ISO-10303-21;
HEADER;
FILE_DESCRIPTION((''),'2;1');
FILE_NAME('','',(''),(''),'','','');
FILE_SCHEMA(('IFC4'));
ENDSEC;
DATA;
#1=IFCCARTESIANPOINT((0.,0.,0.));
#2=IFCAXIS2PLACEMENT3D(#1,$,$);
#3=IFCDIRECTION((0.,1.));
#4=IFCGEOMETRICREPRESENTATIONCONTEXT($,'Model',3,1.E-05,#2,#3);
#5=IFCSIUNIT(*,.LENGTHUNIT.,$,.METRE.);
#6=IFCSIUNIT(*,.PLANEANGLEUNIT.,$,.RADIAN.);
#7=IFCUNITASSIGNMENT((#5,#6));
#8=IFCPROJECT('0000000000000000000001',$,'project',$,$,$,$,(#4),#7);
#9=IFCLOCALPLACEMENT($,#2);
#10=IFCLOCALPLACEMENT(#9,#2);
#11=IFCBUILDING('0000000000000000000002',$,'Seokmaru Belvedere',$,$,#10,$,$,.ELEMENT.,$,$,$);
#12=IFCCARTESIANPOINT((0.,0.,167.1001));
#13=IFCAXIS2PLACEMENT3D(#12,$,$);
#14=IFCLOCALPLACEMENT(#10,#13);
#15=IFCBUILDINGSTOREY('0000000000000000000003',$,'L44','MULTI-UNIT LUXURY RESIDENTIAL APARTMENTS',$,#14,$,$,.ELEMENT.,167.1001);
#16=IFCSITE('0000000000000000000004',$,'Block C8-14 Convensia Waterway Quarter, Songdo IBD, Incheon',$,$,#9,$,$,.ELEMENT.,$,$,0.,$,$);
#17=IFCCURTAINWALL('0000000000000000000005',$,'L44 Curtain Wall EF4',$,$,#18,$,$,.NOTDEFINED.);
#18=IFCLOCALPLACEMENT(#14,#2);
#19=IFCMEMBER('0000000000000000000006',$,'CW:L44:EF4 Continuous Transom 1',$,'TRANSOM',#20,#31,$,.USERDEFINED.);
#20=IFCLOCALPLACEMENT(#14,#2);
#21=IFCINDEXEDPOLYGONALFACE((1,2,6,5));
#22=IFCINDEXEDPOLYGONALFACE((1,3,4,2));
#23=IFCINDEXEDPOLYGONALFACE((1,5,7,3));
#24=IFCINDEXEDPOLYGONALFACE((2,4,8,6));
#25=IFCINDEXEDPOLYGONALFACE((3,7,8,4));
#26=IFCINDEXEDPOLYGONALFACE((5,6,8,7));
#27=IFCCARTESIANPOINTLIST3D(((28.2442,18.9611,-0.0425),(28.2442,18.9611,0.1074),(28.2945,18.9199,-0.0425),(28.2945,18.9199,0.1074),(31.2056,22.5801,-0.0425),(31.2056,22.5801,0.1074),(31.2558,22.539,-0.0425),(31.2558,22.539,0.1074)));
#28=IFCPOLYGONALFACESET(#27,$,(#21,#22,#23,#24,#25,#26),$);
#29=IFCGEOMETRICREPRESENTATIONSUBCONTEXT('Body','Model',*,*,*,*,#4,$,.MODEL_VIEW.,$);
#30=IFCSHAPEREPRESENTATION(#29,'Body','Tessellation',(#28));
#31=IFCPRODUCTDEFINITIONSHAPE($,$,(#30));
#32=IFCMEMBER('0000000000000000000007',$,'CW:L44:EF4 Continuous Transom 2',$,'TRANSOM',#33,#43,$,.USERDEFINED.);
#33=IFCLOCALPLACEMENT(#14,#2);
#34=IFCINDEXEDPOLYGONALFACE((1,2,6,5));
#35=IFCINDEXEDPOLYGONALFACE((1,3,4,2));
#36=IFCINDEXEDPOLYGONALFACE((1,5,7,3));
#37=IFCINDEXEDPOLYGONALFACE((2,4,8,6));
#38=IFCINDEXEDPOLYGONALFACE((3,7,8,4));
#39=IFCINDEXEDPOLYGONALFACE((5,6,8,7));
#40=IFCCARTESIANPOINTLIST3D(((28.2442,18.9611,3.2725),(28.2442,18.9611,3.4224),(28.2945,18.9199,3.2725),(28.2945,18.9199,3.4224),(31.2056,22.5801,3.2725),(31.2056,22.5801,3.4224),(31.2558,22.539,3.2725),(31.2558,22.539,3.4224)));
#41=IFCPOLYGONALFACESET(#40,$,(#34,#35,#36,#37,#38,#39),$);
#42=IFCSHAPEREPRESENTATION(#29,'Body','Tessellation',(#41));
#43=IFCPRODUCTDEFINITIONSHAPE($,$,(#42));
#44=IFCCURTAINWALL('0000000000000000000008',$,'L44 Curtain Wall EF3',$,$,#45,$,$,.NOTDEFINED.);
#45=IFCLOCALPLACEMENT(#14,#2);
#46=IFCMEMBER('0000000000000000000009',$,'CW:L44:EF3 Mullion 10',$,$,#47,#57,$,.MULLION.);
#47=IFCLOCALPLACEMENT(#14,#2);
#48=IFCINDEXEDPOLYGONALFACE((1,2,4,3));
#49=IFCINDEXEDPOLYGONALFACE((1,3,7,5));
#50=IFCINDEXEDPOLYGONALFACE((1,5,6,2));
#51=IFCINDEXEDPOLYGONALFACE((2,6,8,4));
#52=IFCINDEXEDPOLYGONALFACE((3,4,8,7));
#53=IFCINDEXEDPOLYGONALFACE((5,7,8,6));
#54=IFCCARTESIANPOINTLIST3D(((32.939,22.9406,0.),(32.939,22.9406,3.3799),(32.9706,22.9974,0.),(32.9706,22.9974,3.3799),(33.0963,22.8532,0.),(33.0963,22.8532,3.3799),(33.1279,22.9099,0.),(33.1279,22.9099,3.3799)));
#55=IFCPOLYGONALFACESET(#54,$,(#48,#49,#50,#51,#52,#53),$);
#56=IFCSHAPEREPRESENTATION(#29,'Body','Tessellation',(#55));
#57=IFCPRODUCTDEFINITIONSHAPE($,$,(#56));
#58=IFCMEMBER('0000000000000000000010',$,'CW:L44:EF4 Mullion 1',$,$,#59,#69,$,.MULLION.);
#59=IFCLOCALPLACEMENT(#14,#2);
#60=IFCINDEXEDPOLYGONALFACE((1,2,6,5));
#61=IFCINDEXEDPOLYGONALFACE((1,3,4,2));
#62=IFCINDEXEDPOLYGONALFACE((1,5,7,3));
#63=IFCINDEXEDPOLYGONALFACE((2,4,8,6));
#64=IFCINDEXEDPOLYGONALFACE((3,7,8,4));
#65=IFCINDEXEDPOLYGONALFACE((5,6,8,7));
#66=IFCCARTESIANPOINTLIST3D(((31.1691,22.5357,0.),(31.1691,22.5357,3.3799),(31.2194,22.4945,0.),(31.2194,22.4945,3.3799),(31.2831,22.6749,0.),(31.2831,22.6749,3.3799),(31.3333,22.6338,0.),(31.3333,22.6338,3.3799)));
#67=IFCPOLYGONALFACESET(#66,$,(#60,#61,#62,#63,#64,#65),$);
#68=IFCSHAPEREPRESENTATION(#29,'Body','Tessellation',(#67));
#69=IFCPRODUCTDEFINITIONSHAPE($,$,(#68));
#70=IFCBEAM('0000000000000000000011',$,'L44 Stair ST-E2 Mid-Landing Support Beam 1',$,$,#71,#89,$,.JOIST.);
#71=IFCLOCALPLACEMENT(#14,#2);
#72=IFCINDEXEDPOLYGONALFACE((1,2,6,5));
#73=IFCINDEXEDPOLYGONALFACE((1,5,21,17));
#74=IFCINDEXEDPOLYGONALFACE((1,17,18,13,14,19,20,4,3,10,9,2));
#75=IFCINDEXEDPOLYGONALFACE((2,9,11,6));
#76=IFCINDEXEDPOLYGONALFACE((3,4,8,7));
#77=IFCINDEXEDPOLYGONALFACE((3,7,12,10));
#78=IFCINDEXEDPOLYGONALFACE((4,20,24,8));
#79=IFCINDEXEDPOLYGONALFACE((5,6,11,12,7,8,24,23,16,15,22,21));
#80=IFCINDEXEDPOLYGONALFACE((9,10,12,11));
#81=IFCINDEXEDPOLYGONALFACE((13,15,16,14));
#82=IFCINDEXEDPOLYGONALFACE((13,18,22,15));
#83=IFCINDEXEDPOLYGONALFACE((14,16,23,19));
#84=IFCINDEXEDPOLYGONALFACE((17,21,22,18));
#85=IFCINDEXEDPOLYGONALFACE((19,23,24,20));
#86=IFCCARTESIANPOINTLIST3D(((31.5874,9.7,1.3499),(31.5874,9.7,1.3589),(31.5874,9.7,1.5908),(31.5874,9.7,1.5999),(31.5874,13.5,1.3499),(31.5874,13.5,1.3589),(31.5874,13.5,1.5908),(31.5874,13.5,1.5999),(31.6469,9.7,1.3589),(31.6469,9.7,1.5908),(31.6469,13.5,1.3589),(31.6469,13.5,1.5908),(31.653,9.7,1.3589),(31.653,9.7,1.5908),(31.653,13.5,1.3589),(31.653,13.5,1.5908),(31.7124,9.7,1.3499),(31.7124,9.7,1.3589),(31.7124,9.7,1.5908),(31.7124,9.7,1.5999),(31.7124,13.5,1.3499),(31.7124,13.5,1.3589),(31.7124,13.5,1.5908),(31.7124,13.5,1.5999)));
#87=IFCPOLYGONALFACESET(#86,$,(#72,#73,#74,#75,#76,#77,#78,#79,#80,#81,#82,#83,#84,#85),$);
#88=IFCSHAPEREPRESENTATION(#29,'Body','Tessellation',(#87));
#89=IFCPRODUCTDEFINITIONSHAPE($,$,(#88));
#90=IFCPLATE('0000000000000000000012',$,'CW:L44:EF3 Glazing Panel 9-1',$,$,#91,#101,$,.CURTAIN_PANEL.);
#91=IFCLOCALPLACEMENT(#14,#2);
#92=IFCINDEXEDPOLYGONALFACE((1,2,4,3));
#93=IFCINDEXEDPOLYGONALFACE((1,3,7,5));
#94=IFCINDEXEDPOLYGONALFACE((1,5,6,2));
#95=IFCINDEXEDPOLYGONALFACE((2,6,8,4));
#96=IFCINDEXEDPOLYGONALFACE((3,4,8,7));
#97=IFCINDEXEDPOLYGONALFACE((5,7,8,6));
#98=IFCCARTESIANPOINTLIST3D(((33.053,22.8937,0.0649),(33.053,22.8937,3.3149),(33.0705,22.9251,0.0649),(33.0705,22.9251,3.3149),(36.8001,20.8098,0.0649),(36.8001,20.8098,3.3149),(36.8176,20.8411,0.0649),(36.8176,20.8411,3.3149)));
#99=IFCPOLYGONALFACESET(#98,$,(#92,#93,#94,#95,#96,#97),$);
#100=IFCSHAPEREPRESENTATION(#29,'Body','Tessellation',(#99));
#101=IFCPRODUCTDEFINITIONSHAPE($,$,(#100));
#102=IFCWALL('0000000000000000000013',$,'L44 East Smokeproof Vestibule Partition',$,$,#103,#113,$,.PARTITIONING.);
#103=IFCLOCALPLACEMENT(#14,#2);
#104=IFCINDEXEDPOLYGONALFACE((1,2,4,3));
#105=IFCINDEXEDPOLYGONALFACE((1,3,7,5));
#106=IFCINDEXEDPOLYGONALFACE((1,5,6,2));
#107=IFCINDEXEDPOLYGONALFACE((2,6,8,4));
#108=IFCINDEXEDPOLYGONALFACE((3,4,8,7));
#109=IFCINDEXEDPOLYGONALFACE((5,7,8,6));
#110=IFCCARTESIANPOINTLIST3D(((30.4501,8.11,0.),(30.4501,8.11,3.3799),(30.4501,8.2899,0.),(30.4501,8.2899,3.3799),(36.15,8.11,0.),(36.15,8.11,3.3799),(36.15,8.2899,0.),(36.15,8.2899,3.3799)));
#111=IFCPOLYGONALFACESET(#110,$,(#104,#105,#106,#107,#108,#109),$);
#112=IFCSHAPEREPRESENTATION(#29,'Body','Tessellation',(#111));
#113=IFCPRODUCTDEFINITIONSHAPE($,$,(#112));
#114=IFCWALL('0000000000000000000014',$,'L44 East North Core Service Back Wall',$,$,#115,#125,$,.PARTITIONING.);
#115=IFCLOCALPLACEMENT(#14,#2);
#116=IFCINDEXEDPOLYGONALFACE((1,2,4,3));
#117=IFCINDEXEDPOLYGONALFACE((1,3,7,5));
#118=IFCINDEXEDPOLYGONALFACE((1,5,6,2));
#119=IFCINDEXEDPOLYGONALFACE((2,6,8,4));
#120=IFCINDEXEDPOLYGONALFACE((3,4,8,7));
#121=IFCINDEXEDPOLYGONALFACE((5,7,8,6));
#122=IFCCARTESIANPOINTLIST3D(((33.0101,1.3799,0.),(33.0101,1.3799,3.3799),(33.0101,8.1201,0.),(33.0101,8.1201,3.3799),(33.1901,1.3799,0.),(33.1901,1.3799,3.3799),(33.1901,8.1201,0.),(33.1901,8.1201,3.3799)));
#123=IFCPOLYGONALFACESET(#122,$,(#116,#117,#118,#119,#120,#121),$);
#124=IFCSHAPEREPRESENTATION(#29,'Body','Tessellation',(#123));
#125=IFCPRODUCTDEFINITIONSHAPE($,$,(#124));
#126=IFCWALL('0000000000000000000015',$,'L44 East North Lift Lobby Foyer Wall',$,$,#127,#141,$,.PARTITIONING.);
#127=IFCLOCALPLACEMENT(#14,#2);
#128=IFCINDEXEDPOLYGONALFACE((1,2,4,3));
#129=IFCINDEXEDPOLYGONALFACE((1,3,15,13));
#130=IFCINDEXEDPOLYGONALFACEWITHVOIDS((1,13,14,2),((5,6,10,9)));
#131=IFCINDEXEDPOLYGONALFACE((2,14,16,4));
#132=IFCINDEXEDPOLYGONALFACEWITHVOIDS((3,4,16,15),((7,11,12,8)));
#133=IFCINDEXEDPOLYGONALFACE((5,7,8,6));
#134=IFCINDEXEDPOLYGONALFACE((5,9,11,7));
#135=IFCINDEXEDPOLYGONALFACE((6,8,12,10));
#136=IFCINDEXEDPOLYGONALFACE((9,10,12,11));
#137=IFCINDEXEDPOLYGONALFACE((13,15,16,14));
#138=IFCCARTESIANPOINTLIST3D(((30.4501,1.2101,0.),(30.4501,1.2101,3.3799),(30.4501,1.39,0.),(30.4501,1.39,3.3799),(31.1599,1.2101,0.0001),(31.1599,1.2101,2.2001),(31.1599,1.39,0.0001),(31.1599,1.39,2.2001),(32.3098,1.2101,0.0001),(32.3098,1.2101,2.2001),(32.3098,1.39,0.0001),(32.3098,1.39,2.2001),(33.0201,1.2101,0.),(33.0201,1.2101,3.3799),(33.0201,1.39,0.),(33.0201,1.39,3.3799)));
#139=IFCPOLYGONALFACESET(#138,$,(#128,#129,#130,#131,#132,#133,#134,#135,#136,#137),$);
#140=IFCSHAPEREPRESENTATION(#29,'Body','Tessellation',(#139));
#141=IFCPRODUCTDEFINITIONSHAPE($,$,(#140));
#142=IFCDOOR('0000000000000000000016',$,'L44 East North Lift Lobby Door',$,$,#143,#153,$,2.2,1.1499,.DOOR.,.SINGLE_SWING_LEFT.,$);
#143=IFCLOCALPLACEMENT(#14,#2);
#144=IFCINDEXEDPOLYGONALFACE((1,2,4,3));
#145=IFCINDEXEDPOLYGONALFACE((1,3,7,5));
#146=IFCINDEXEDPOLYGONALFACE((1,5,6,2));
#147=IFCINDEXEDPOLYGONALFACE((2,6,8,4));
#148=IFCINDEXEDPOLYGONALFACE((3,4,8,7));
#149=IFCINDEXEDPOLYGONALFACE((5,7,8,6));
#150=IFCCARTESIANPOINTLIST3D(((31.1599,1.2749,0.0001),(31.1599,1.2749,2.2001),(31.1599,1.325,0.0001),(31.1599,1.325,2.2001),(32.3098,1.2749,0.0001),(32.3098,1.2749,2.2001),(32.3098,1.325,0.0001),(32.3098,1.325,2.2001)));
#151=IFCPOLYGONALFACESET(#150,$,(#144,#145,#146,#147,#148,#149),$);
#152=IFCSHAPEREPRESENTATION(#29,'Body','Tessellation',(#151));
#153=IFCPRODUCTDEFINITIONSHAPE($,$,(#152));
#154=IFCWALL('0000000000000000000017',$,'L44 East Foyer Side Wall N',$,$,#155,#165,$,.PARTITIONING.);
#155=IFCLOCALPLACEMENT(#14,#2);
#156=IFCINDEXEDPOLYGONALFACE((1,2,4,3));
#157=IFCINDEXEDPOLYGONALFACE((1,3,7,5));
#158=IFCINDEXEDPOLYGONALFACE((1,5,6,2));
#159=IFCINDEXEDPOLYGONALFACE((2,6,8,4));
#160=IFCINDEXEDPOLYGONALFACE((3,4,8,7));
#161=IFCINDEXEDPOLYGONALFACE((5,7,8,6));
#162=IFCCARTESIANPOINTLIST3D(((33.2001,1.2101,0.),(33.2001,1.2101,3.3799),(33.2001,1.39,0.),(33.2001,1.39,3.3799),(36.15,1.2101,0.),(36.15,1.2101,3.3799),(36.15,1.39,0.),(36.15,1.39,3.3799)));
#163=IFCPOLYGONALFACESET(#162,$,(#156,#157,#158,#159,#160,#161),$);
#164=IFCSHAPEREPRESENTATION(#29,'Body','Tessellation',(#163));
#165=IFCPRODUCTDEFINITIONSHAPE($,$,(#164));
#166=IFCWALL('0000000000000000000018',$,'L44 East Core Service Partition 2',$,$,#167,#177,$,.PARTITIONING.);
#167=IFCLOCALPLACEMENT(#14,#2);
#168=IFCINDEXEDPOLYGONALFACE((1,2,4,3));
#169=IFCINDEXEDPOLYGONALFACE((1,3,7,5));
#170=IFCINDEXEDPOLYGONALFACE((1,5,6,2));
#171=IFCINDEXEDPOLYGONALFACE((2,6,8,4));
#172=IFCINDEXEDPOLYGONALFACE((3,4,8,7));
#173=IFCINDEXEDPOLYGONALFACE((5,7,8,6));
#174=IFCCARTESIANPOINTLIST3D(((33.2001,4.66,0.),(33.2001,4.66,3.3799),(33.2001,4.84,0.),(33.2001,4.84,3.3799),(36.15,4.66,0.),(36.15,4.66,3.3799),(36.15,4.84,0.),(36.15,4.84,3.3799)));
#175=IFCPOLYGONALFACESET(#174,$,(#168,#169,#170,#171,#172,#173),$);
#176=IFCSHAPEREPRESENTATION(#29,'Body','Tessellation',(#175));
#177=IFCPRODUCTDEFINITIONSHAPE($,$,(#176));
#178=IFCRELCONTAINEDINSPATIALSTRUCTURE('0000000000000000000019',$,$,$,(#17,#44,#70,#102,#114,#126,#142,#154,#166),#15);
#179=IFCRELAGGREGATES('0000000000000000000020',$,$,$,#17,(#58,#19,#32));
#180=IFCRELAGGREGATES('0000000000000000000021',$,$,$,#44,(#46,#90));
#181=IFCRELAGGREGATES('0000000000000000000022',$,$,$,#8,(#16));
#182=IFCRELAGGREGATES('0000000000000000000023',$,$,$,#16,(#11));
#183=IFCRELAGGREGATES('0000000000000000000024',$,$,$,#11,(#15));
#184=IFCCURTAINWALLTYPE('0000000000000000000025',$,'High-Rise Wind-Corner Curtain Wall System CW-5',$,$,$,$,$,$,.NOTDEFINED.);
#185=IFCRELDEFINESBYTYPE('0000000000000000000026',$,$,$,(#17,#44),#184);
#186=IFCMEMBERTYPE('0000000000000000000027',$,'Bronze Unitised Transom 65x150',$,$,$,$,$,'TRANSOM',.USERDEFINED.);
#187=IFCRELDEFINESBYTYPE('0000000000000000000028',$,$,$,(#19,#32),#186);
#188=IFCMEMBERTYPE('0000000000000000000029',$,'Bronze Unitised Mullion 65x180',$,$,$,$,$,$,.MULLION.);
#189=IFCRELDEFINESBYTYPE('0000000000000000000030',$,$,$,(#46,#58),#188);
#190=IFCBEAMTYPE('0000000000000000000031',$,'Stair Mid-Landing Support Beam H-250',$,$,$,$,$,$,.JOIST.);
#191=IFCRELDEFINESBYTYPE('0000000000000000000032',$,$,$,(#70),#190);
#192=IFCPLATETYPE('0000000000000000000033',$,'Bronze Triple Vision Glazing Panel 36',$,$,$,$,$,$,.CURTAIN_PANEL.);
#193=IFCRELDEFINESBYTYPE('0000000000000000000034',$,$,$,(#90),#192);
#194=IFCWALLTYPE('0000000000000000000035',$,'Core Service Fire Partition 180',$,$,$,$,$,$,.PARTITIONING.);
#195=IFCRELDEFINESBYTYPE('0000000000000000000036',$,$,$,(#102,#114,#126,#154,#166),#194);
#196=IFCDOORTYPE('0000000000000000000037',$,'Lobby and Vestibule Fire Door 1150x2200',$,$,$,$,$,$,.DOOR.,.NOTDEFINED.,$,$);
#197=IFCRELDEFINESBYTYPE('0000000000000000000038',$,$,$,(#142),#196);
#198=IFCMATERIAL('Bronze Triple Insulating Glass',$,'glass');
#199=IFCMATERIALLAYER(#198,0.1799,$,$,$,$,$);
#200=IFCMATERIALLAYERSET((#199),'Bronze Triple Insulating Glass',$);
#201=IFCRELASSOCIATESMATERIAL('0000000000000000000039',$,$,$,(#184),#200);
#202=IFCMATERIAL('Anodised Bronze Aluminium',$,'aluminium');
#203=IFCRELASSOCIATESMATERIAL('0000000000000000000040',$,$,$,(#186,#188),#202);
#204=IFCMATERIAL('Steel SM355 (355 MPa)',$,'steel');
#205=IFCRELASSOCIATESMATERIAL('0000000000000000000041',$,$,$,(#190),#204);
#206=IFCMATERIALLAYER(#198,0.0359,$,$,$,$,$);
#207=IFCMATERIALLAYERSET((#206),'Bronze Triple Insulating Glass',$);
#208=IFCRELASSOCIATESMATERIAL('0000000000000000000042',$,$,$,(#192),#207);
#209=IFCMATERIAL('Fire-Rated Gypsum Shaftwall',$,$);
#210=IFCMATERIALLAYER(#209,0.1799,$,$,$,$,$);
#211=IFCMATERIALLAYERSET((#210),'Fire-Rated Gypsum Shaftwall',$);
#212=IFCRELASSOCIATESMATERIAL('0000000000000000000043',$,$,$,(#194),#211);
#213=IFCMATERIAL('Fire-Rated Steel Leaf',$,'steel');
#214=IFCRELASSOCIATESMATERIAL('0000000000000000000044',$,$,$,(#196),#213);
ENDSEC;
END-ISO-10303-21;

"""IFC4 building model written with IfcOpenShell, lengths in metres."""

from ifc_helpers import new_model, si_unit, direction, frame, frame_2d, origin, origin_2d, place, context, subcontext, project, spatial, rectangle, i_section, extrude, source, transform, mapped, material, layer, layer_set, material_profile, profile_set, type_object, type_shapes, element, fill, aggregate, save


model = new_model("IFC4")

# Units and contexts
model_context = context("Model", 3, precision=1e-05, world=origin(), true_north=direction((0.0, 1.0)))
body_context = subcontext(model_context, "Body", "Model", "MODEL_VIEW")
ifc_project = project(units=[si_unit("LENGTHUNIT", "METRE"), si_unit("PLANEANGLEUNIT", "RADIAN")], contexts=[model_context])

# Site, building, storey
site_placement = place(None, origin())
site = spatial("IfcSite", under=ifc_project, at=site_placement, Name="Block C8-14 Convensia Waterway Quarter, Songdo IBD, Incheon", CompositionType="ELEMENT", RefElevation=0.0)
building_placement = place(site_placement, origin())
building = spatial("IfcBuilding", under=site, at=building_placement, Name="Seokmaru Belvedere", CompositionType="ELEMENT")
storey_placement = place(building_placement, frame((0.0, 0.0, 167.1001)))
storey = spatial("IfcBuildingStorey", under=building, at=storey_placement, Name="L44", Description="MULTI-UNIT LUXURY RESIDENTIAL APARTMENTS", CompositionType="ELEMENT", Elevation=167.1001)

# Shared definitions
ifc_material_1 = material(Name="Steel SM355 (355 MPa)", Category="steel")

# Curtain wall, members
ifc_material_2 = material(Name="Bronze Triple Insulating Glass", Category="glass")
ifc_layer_1 = layer(ifc_material_2, 0.1799)
ifc_layer_set_1 = layer_set([ifc_layer_1], Name="Bronze Triple Insulating Glass")
curtain_wall_type = type_object("IfcCurtainWallType", Name="High-Rise Wind-Corner Curtain Wall System CW-5", PredefinedType="NOTDEFINED", material=ifc_layer_set_1)
curtain_wall_1_placement = place(storey_placement, origin())
curtain_wall_1 = element("IfcCurtainWall", 1, at=curtain_wall_1_placement, inside=storey, type_object=curtain_wall_type, Name="L44 Curtain Wall EF4", PredefinedType="NOTDEFINED")
ifc_material_3 = material(Name="Anodised Bronze Aluminium", Category="aluminium")
ifc_material_profile_1 = material_profile(ifc_material_3, rectangle(XDim=0.0649, YDim=0.1499, at=origin_2d()), Name="CW-T-65x150")
ifc_profile_set_1 = profile_set([ifc_material_profile_1], Name="Anodised Bronze Aluminium")
member_type_1 = type_object("IfcMemberType", Name="Bronze Unitised Transom 65x150", ElementType="TRANSOM", PredefinedType="USERDEFINED", material=ifc_profile_set_1)
shared_shape_1 = source(origin(), body_context, "Body", "SweptSolid", [
    extrude(rectangle(XDim=0.0649, YDim=0.1499, at=origin_2d()), origin(), (0.0, 0.0, 1.0), 4.6763),
])
type_shapes(member_type_1, [shared_shape_1])
member_1_placement = place(storey_placement, frame((31.2307, 22.5596, 0.0325), z_axis=(-0.633278, -0.773925, 0.0), x_axis=(0.773925, -0.633278, 0.0)))
member_1 = element("IfcMember", 2, at=member_1_placement, type_object=member_type_1, Name="CW:L44:EF4 Continuous Transom 1", ObjectType="TRANSOM", PredefinedType="USERDEFINED", context=body_context, shape_type="MappedRepresentation", body=[
    mapped(shared_shape_1, transform((0.0, 0.0, 0.0), scale=1.0)),
])
member_2_placement = place(storey_placement, frame((31.2307, 22.5596, 3.3474), z_axis=(-0.633278, -0.773925, 0.0), x_axis=(0.773925, -0.633278, 0.0)))
member_2 = element("IfcMember", 3, at=member_2_placement, type_object=member_type_1, Name="CW:L44:EF4 Continuous Transom 2", ObjectType="TRANSOM", PredefinedType="USERDEFINED", context=body_context, shape_type="MappedRepresentation", body=[
    mapped(shared_shape_1, transform((0.0, 0.0, 0.0), scale=1.0)),
])

# Curtain wall, member
curtain_wall_2_placement = place(storey_placement, origin())
curtain_wall_2 = element("IfcCurtainWall", 4, at=curtain_wall_2_placement, inside=storey, type_object=curtain_wall_type, Name="L44 Curtain Wall EF3", PredefinedType="NOTDEFINED")
ifc_material_profile_2 = material_profile(ifc_material_3, rectangle(XDim=0.0649, YDim=0.1799, at=origin_2d()), Name="CW-M-65x180")
ifc_profile_set_2 = profile_set([ifc_material_profile_2], Name="Anodised Bronze Aluminium")
member_type_2 = type_object("IfcMemberType", Name="Bronze Unitised Mullion 65x180", PredefinedType="MULLION", material=ifc_profile_set_2)
shared_shape_2 = source(origin(), body_context, "Body", "SweptSolid", [
    extrude(rectangle(XDim=0.0649, YDim=0.1799, at=origin_2d()), origin(), (0.0, 0.0, 1.0), 3.3799),
])
type_shapes(member_type_2, [shared_shape_2])
member_3_placement = place(storey_placement, frame((33.0334, 22.9253, 0.0), z_axis=(0.0, 0.0, 1.0), x_axis=(-0.486047, -0.873933, 0.0)))
member_3 = element("IfcMember", 5, at=member_3_placement, type_object=member_type_2, Name="CW:L44:EF3 Mullion 10", PredefinedType="MULLION", context=body_context, shape_type="MappedRepresentation", body=[
    mapped(shared_shape_2, transform((0.0, 0.0, 0.0), scale=1.0)),
])

# Member
member_4_placement = place(storey_placement, frame((31.2512, 22.5847, 0.0), z_axis=(0.0, 0.0, 1.0), x_axis=(0.773944, -0.633254, 0.0)))
member_4 = element("IfcMember", 6, at=member_4_placement, type_object=member_type_2, Name="CW:L44:EF4 Mullion 1", PredefinedType="MULLION", context=body_context, shape_type="MappedRepresentation", body=[
    mapped(shared_shape_2, transform((0.0, 0.0, 0.0), scale=1.0)),
])
aggregate(curtain_wall_1, [member_4, member_1, member_2])

# Beam
ifc_material_profile_3 = material_profile(ifc_material_1, i_section(OverallWidth=0.125, OverallDepth=0.25, WebThickness=0.0061, FlangeThickness=0.009, at=origin_2d()), Name="H-250x125x6x9")
ifc_profile_set_3 = profile_set([ifc_material_profile_3], Name="Steel SM355 (355 MPa)")
beam_type_1 = type_object("IfcBeamType", Name="Stair Mid-Landing Support Beam H-250", PredefinedType="JOIST", material=ifc_profile_set_3)
shared_shape_3 = source(origin(), body_context, "Body", "SweptSolid", [
    extrude(i_section(OverallWidth=0.125, OverallDepth=0.25, WebThickness=0.0061, FlangeThickness=0.009, at=origin_2d()), origin(), (0.0, 0.0, 1.0), 3.8),
])
type_shapes(beam_type_1, [shared_shape_3])
beam_1_placement = place(storey_placement, frame((31.6499, 9.7, 1.4749), z_axis=(0.0, 1.0, 0.0), x_axis=(-1.0, 0.0, 0.0)))
element("IfcBeam", 7, at=beam_1_placement, inside=storey, type_object=beam_type_1, Name="L44 Stair ST-E2 Mid-Landing Support Beam 1", PredefinedType="JOIST", context=body_context, shape_type="MappedRepresentation", body=[
    mapped(shared_shape_3, transform((0.0, 0.0, 0.0), scale=1.0)),
])

# Plate
ifc_layer_2 = layer(ifc_material_2, 0.0359)
ifc_layer_set_2 = layer_set([ifc_layer_2], Name="Bronze Triple Insulating Glass")
plate_type = type_object("IfcPlateType", Name="Bronze Triple Vision Glazing Panel 36", PredefinedType="CURTAIN_PANEL", material=ifc_layer_set_2)
shared_shape_4 = source(origin(), body_context, "Body", "SweptSolid", [
    extrude(rectangle(XDim=4.2876, YDim=0.0359, at=origin_2d()), origin(), (0.0, 0.0, 1.0), 3.25),
])
type_shapes(plate_type, [shared_shape_4])
plate_placement = place(storey_placement, frame((34.9353, 21.8674, 0.0649), z_axis=(0.0, 0.0, 1.0), x_axis=(-0.873933, 0.486047, 0.0)))
plate = element("IfcPlate", 8, at=plate_placement, type_object=plate_type, Name="CW:L44:EF3 Glazing Panel 9-1", PredefinedType="CURTAIN_PANEL", context=body_context, shape_type="MappedRepresentation", body=[
    mapped(shared_shape_4, transform((0.0, 0.0, 0.0), scale=1.0)),
])
aggregate(curtain_wall_2, [member_3, plate])

# Walls
ifc_material_4 = material(Name="Fire-Rated Gypsum Shaftwall")
ifc_layer_3 = layer(ifc_material_4, 0.1799)
ifc_layer_set_3 = layer_set([ifc_layer_3], Name="Fire-Rated Gypsum Shaftwall")
wall_type_1 = type_object("IfcWallType", Name="Core Service Fire Partition 180", PredefinedType="PARTITIONING", material=ifc_layer_set_3)
wall_1_placement = place(storey_placement, frame((30.45, 8.2, 0.0), z_axis=(0.0, 0.0, 1.0), x_axis=(1.0, 0.0, 0.0)))
element("IfcWall", 9, at=wall_1_placement, inside=storey, type_object=wall_type_1, Name="L44 East Smokeproof Vestibule Partition", PredefinedType="PARTITIONING", context=body_context, shape_type="SweptSolid", body=[
    extrude(rectangle(XDim=5.7, YDim=0.1799, at=frame_2d((2.8501, 0.0))), origin(), (0.0, 0.0, 1.0), 3.3799),
])
wall_2_placement = place(storey_placement, frame((33.1001, 1.3799, 0.0), z_axis=(0.0, 0.0, 1.0), x_axis=(0.0, 1.0, 0.0)))
element("IfcWall", 10, at=wall_2_placement, inside=storey, type_object=wall_type_1, Name="L44 East North Core Service Back Wall", PredefinedType="PARTITIONING", context=body_context, shape_type="SweptSolid", body=[
    extrude(rectangle(XDim=6.7402, YDim=0.1799, at=frame_2d((3.3701, 0.0))), origin(), (0.0, 0.0, 1.0), 3.3799),
])

# Wall, opening, door
wall_3_placement = place(storey_placement, frame((30.45, 1.3, 0.0), z_axis=(0.0, 0.0, 1.0), x_axis=(1.0, 0.0, 0.0)))
wall_3 = element("IfcWall", 11, at=wall_3_placement, inside=storey, type_object=wall_type_1, Name="L44 East North Lift Lobby Foyer Wall", PredefinedType="PARTITIONING", context=body_context, shape_type="SweptSolid", body=[
    extrude(rectangle(XDim=2.5701, YDim=0.1799, at=frame_2d((1.2852, 0.0))), origin(), (0.0, 0.0, 1.0), 3.3799),
])
opening_1_placement = place(wall_3_placement, frame((0.71, 0.0, 0.0)))
opening_1 = element("IfcOpeningElement", 12, at=opening_1_placement, cuts=wall_3, PredefinedType="OPENING", context=body_context, shape_type="SweptSolid", body=[
    extrude(rectangle(XDim=1.1499, YDim=2.2, at=frame_2d((0.575, 1.1001))), frame((0.0, 0.1001, 0.0), z_axis=(0.0, -1.0, 0.0), x_axis=(1.0, 0.0, 0.0)), (0.0, 0.0, 1.0), 0.2),
])
ifc_material_5 = material(Name="Fire-Rated Steel Leaf", Category="steel")
door_type_1 = type_object("IfcDoorType", Name="Lobby and Vestibule Fire Door 1150x2200", OperationType="NOTDEFINED", PredefinedType="DOOR", material=ifc_material_5)
shared_shape_5 = source(origin(), body_context, "Body", "SweptSolid", [
    extrude(rectangle(XDim=1.1499, YDim=2.2, at=frame_2d((0.575, 1.1001))), frame((0.0, 0.0249, 0.0), z_axis=(0.0, -1.0, 0.0), x_axis=(1.0, 0.0, 0.0)), (0.0, 0.0, 1.0), 0.05),
])
type_shapes(door_type_1, [shared_shape_5])
door_1_placement = place(opening_1_placement, origin())
door_1 = element("IfcDoor", 13, at=door_1_placement, inside=storey, type_object=door_type_1, Name="L44 East North Lift Lobby Door", OperationType="SINGLE_SWING_LEFT", OverallHeight=2.2, OverallWidth=1.1499, PredefinedType="DOOR", context=body_context, shape_type="MappedRepresentation", body=[
    mapped(shared_shape_5, transform((0.0, 0.0, 0.0), scale=1.0)),
])
fill(opening_1, door_1)

# Walls
for number, where, z_axis, x_axis, name in (
    (14, (33.2, 1.3, 0.0), (0.0, 0.0, 1.0), (1.0, 0.0, 0.0), "L44 East Foyer Side Wall N"),
    (15, (33.2, 4.75, 0.0), (0.0, 0.0, 1.0), (1.0, 0.0, 0.0), "L44 East Core Service Partition 2"),
):
    element("IfcWall", number, at=place(storey_placement, frame(where, z_axis=z_axis, x_axis=x_axis)), inside=storey, type_object=wall_type_1, Name=name, PredefinedType="PARTITIONING", context=body_context, shape_type="SweptSolid", body=[
        extrude(rectangle(XDim=2.95, YDim=0.1799, at=frame_2d((1.4751, 0.0))), origin(), (0.0, 0.0, 1.0), 3.3799),
    ])

save(model, "model.ifc")
